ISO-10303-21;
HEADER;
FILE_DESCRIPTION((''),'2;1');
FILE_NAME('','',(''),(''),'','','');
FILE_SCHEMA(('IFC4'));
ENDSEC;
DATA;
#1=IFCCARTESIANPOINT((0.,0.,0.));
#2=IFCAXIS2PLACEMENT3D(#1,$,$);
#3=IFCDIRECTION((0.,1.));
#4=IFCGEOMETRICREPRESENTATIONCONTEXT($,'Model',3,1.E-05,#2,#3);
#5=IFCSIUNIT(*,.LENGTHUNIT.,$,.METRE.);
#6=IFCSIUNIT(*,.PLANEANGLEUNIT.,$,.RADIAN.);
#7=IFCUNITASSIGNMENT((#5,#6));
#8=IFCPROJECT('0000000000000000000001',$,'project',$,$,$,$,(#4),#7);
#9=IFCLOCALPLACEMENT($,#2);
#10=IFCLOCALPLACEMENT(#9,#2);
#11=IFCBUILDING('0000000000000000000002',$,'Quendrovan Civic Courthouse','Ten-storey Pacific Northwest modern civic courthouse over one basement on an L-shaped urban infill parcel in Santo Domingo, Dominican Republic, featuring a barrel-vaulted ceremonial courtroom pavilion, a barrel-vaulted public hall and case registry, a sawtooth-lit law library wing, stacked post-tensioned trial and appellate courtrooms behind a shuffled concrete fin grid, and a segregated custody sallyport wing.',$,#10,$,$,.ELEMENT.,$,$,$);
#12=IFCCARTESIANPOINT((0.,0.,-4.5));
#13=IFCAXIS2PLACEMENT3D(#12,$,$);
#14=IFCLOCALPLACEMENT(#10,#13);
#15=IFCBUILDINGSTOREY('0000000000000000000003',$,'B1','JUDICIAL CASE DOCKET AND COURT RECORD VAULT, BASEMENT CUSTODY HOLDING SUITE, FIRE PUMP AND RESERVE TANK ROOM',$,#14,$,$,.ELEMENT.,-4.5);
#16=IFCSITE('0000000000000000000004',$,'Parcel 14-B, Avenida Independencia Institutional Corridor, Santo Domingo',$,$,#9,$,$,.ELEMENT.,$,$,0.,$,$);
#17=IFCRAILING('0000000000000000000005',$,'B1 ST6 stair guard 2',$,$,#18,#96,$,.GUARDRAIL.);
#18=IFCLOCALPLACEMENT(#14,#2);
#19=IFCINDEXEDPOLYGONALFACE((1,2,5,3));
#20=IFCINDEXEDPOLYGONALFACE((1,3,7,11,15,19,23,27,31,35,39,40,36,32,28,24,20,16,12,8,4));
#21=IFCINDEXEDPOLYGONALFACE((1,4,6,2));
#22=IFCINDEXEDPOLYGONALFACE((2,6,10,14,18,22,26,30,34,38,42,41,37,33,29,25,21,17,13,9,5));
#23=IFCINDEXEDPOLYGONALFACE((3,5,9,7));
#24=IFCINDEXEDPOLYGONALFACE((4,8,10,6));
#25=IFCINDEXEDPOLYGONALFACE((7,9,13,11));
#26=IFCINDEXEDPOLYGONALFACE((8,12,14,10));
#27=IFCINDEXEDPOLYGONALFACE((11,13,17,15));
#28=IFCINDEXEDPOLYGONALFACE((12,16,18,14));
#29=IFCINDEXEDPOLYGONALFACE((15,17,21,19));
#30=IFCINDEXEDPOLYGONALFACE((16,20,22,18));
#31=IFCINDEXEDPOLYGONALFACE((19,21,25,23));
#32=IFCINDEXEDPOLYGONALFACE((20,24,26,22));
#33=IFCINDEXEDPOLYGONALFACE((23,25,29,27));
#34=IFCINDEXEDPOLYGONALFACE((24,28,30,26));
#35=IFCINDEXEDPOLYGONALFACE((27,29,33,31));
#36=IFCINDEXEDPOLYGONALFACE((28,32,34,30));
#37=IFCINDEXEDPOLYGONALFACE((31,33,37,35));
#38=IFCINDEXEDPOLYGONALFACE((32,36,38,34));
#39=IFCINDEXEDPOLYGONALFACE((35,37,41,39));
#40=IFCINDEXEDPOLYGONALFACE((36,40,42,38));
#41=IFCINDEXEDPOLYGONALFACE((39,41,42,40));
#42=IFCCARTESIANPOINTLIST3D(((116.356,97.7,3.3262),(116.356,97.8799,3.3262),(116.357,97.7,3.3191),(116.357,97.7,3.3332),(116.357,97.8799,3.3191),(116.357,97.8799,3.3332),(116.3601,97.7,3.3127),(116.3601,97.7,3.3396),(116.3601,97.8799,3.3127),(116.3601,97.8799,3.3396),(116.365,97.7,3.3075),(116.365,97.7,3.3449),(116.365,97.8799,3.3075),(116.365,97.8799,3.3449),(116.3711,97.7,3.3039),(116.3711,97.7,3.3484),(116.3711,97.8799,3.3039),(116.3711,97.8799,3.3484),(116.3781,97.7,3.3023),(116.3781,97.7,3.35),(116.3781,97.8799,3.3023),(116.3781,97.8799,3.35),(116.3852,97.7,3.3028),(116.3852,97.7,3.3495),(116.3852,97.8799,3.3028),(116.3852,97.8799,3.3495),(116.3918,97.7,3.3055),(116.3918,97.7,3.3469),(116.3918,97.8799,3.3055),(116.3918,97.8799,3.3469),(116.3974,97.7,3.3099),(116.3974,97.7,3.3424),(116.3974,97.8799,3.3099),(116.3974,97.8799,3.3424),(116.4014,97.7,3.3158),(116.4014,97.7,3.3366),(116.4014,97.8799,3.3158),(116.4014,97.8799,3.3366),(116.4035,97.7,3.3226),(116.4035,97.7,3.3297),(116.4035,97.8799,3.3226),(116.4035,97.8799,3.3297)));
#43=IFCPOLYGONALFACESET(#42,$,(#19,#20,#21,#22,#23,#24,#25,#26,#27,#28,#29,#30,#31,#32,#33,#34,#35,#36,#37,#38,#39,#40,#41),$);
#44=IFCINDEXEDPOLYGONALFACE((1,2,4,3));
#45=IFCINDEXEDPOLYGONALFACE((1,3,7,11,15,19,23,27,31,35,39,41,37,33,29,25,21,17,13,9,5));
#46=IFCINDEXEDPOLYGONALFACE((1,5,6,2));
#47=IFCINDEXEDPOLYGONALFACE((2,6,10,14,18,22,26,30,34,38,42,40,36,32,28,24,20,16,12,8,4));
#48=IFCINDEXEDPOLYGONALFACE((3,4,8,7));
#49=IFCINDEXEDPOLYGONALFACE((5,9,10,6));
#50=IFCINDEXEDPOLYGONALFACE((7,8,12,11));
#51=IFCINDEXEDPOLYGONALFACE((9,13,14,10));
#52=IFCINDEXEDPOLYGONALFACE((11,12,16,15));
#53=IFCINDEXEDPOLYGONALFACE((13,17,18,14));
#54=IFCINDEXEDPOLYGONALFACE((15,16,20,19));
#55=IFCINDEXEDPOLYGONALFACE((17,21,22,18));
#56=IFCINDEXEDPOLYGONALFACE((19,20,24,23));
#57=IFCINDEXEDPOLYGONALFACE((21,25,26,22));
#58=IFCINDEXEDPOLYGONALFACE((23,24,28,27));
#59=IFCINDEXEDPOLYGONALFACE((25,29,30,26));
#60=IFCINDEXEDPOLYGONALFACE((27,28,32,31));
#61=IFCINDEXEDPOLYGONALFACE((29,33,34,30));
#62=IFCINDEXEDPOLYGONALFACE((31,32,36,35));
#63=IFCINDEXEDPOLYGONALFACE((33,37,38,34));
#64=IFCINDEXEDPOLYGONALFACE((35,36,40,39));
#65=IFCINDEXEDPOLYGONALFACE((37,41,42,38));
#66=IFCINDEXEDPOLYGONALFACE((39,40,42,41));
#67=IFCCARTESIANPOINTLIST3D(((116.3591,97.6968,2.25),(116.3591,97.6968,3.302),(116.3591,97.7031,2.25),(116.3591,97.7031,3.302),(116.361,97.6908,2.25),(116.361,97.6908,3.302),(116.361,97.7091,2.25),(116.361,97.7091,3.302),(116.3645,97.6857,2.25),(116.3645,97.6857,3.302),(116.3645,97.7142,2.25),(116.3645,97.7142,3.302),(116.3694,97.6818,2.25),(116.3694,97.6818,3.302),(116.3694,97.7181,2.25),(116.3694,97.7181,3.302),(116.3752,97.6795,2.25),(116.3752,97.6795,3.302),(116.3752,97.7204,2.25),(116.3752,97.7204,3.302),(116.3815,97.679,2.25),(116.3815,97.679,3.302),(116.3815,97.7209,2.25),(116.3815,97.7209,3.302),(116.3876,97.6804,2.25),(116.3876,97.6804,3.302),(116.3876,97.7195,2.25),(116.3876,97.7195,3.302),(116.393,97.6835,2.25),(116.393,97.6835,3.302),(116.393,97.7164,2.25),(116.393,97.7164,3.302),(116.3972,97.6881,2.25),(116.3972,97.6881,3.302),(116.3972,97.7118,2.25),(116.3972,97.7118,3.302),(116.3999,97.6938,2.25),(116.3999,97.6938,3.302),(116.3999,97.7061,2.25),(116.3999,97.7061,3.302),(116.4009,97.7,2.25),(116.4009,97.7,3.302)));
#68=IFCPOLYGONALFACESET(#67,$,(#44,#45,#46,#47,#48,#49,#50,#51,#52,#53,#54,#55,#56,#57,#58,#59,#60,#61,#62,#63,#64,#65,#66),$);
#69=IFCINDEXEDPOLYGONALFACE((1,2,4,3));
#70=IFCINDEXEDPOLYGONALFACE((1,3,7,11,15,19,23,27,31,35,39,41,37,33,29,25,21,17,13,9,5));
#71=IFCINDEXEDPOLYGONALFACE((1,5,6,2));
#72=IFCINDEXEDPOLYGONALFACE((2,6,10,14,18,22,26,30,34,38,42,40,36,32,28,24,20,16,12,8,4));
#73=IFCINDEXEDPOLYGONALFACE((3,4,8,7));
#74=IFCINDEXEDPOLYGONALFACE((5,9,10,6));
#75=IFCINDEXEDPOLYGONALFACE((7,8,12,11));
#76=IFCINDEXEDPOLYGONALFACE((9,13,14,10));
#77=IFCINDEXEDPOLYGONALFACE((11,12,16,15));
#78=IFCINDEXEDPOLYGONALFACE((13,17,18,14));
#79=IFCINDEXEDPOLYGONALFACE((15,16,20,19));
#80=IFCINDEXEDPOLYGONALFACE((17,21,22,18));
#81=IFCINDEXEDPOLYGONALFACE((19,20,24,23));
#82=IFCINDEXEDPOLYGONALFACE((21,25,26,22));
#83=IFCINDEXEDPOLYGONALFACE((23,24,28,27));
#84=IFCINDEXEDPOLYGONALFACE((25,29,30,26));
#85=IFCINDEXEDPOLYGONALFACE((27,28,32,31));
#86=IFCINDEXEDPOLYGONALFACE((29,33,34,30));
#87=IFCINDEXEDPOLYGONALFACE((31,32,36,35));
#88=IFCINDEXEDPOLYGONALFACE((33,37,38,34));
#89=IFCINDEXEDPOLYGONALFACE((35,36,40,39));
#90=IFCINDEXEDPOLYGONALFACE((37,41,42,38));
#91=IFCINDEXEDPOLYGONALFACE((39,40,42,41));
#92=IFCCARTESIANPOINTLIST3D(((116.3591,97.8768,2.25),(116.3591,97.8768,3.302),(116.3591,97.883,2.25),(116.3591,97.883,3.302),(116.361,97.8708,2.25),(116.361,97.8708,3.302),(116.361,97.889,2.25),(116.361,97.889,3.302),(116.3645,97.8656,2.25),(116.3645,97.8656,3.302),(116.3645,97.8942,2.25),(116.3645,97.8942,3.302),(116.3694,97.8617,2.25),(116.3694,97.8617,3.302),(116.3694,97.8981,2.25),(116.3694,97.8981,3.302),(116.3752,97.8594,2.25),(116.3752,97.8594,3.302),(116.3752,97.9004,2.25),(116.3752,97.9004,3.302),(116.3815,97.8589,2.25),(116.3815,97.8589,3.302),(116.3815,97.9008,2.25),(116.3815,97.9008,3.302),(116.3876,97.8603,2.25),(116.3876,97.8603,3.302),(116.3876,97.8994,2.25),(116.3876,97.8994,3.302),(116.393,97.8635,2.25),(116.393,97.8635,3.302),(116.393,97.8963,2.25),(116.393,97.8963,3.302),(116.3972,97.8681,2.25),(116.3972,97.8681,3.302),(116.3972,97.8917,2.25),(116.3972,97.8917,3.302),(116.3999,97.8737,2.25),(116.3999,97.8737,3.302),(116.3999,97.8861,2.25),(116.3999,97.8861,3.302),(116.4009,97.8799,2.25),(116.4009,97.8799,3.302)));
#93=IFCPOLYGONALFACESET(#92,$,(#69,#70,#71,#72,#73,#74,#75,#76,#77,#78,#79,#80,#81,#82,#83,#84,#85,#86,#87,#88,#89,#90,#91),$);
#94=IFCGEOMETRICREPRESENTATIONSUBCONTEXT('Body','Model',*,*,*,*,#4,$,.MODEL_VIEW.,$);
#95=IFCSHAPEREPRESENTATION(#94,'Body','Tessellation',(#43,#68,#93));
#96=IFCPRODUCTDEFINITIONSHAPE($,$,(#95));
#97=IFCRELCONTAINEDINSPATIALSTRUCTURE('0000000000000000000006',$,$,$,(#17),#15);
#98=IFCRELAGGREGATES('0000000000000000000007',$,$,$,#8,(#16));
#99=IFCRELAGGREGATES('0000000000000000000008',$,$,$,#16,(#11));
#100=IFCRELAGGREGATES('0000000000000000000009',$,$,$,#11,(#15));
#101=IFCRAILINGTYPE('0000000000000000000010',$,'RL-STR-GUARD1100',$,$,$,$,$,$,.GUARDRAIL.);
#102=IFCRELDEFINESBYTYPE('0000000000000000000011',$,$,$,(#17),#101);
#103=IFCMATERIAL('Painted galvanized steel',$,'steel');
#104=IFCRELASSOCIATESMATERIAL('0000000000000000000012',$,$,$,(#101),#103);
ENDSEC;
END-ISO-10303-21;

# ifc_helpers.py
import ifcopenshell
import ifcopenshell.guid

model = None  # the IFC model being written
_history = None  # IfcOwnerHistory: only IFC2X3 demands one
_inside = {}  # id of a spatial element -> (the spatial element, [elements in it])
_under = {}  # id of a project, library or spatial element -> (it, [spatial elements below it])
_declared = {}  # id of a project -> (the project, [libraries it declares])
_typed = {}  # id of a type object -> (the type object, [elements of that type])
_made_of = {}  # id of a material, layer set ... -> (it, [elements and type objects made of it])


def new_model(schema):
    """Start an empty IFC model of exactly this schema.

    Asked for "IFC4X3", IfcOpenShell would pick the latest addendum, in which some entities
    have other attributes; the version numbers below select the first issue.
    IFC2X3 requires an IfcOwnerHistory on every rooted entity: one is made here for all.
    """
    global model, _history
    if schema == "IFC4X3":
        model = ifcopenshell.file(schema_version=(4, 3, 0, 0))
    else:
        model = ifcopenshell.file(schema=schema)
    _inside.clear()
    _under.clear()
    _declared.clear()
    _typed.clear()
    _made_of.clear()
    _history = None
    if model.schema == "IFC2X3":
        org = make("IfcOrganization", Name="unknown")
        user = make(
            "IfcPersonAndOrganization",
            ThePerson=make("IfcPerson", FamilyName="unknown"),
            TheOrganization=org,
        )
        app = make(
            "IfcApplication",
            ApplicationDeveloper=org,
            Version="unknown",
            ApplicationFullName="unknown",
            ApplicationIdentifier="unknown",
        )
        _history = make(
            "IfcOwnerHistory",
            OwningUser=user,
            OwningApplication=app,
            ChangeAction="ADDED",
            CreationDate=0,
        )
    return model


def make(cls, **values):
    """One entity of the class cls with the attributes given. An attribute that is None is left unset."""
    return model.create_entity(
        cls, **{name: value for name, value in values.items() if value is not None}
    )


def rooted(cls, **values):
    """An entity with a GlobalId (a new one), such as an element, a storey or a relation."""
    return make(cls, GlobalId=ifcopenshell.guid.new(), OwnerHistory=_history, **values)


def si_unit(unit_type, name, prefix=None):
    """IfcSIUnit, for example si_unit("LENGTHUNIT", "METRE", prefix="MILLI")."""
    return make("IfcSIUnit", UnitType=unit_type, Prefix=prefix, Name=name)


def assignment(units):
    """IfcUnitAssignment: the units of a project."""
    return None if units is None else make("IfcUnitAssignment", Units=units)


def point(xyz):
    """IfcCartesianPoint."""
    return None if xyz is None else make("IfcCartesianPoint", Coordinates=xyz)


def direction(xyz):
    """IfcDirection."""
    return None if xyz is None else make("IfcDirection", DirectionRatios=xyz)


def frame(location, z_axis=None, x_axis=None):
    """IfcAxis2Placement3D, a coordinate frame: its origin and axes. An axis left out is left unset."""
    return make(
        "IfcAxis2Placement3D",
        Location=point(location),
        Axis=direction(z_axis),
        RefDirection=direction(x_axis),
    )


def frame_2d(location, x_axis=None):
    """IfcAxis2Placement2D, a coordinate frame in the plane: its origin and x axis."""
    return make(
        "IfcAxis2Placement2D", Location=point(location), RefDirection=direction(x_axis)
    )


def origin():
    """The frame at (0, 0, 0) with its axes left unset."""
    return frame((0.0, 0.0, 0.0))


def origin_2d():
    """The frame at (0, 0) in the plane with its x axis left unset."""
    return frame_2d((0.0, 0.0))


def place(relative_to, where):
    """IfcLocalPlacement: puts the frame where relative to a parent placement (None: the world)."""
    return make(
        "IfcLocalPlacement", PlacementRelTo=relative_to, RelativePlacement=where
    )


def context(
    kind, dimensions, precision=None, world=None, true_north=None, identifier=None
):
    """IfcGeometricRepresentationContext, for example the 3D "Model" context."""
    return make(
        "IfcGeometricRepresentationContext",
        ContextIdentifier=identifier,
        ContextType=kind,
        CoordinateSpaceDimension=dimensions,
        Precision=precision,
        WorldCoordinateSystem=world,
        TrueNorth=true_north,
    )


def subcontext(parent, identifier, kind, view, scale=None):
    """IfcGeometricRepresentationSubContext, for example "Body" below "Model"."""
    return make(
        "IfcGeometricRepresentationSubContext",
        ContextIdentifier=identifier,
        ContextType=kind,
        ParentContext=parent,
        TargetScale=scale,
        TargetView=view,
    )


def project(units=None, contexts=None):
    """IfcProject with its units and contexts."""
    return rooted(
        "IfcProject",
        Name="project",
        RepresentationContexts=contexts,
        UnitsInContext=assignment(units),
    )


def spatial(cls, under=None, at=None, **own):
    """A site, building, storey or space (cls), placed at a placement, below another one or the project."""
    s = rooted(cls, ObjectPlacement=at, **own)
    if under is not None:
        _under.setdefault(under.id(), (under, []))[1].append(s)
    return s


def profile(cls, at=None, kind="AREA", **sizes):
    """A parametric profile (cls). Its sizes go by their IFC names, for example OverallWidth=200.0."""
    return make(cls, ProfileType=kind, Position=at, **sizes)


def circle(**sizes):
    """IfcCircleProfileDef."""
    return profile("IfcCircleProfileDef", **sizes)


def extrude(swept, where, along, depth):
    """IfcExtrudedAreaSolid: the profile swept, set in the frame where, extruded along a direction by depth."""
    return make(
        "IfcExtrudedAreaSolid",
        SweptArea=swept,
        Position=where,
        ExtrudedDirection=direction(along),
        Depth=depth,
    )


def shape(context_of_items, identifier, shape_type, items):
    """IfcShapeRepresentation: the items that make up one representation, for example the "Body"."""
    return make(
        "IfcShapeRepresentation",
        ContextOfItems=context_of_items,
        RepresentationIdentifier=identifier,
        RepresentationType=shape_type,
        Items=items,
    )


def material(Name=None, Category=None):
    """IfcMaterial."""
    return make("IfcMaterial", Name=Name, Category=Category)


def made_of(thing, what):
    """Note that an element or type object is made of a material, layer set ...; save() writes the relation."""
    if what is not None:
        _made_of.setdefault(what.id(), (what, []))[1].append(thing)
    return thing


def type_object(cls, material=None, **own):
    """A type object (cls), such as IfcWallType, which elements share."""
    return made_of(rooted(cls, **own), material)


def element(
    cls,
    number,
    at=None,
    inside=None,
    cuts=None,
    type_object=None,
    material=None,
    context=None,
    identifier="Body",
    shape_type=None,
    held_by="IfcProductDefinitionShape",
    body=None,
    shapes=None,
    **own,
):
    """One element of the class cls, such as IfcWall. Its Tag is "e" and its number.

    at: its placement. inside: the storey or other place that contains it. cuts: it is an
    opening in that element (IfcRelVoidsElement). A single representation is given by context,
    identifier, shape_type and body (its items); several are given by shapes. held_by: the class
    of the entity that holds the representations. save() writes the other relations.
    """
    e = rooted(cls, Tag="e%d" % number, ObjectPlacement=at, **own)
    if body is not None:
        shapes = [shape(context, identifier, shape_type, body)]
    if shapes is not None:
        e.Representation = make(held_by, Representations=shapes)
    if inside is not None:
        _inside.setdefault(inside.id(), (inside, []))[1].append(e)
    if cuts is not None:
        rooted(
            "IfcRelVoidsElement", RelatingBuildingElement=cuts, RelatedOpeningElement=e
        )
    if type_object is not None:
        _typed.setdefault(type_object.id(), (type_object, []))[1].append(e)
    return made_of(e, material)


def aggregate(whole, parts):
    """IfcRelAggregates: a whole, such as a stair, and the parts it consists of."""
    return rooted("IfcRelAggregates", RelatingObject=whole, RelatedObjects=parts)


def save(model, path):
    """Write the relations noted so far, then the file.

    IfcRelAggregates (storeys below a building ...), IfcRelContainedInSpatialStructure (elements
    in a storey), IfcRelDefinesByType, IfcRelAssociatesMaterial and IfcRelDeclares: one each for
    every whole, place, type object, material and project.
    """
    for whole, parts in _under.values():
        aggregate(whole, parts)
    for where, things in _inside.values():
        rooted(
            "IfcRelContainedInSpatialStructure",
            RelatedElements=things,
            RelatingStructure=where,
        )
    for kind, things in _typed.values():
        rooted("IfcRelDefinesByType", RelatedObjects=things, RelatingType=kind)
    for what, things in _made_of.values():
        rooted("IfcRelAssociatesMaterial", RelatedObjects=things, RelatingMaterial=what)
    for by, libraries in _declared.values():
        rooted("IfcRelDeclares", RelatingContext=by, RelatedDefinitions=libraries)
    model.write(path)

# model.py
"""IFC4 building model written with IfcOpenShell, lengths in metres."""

from ifc_helpers import new_model, si_unit, direction, frame, origin, origin_2d, place, context, subcontext, project, spatial, circle, extrude, material, type_object, element, save


model = new_model("IFC4")

# Units and contexts
model_context = context("Model", 3, precision=1e-05, world=origin(), true_north=direction((0.0, 1.0)))
body_context = subcontext(model_context, "Body", "Model", "MODEL_VIEW")
ifc_project = project(units=[si_unit("LENGTHUNIT", "METRE"), si_unit("PLANEANGLEUNIT", "RADIAN")], contexts=[model_context])

# Site, building, storey
site_placement = place(None, origin())
site = spatial("IfcSite", under=ifc_project, at=site_placement, Name="Parcel 14-B, Avenida Independencia Institutional Corridor, Santo Domingo", CompositionType="ELEMENT", RefElevation=0.0)
building_placement = place(site_placement, origin())
building = spatial("IfcBuilding", under=site, at=building_placement, Name="Quendrovan Civic Courthouse", Description="Ten-storey Pacific Northwest modern civic courthouse over one basement on an L-shaped urban infill parcel in Santo Domingo, Dominican Republic, featuring a barrel-vaulted ceremonial courtroom pavilion, a barrel-vaulted public hall and case registry, a sawtooth-lit law library wing, stacked post-tensioned trial and appellate courtrooms behind a shuffled concrete fin grid, and a segregated custody sallyport wing.", CompositionType="ELEMENT")
storey_placement = place(building_placement, frame((0.0, 0.0, -4.5)))
storey = spatial("IfcBuildingStorey", under=building, at=storey_placement, Name="B1", Description="JUDICIAL CASE DOCKET AND COURT RECORD VAULT, BASEMENT CUSTODY HOLDING SUITE, FIRE PUMP AND RESERVE TANK ROOM", CompositionType="ELEMENT", Elevation=-4.5)

# Railing
ifc_material_1 = material(Name="Painted galvanized steel", Category="steel")
railing_type_1 = type_object("IfcRailingType", Name="RL-STR-GUARD1100", PredefinedType="GUARDRAIL", material=ifc_material_1)
railing_1_placement = place(storey_placement, frame((116.3799, 97.7, 2.25)))
element("IfcRailing", 1, at=railing_1_placement, inside=storey, type_object=railing_type_1, Name="B1 ST6 stair guard 2", PredefinedType="GUARDRAIL", context=body_context, shape_type="SweptSolid", body=[
    extrude(circle(Radius=0.0239, at=origin_2d()), frame((0.0, 0.0, 1.0762), z_axis=(0.0, 1.0, 0.0), x_axis=(-1.0, 0.0, 0.0)), (0.0, 0.0, 1.0), 0.1799),
    extrude(circle(Radius=0.021, at=origin_2d()), origin(), (0.0, 0.0, 1.0), 1.052),
    extrude(circle(Radius=0.021, at=origin_2d()), frame((0.0, 0.1799, 0.0)), (0.0, 0.0, 1.0), 1.052),
])

save(model, "model.ifc")
